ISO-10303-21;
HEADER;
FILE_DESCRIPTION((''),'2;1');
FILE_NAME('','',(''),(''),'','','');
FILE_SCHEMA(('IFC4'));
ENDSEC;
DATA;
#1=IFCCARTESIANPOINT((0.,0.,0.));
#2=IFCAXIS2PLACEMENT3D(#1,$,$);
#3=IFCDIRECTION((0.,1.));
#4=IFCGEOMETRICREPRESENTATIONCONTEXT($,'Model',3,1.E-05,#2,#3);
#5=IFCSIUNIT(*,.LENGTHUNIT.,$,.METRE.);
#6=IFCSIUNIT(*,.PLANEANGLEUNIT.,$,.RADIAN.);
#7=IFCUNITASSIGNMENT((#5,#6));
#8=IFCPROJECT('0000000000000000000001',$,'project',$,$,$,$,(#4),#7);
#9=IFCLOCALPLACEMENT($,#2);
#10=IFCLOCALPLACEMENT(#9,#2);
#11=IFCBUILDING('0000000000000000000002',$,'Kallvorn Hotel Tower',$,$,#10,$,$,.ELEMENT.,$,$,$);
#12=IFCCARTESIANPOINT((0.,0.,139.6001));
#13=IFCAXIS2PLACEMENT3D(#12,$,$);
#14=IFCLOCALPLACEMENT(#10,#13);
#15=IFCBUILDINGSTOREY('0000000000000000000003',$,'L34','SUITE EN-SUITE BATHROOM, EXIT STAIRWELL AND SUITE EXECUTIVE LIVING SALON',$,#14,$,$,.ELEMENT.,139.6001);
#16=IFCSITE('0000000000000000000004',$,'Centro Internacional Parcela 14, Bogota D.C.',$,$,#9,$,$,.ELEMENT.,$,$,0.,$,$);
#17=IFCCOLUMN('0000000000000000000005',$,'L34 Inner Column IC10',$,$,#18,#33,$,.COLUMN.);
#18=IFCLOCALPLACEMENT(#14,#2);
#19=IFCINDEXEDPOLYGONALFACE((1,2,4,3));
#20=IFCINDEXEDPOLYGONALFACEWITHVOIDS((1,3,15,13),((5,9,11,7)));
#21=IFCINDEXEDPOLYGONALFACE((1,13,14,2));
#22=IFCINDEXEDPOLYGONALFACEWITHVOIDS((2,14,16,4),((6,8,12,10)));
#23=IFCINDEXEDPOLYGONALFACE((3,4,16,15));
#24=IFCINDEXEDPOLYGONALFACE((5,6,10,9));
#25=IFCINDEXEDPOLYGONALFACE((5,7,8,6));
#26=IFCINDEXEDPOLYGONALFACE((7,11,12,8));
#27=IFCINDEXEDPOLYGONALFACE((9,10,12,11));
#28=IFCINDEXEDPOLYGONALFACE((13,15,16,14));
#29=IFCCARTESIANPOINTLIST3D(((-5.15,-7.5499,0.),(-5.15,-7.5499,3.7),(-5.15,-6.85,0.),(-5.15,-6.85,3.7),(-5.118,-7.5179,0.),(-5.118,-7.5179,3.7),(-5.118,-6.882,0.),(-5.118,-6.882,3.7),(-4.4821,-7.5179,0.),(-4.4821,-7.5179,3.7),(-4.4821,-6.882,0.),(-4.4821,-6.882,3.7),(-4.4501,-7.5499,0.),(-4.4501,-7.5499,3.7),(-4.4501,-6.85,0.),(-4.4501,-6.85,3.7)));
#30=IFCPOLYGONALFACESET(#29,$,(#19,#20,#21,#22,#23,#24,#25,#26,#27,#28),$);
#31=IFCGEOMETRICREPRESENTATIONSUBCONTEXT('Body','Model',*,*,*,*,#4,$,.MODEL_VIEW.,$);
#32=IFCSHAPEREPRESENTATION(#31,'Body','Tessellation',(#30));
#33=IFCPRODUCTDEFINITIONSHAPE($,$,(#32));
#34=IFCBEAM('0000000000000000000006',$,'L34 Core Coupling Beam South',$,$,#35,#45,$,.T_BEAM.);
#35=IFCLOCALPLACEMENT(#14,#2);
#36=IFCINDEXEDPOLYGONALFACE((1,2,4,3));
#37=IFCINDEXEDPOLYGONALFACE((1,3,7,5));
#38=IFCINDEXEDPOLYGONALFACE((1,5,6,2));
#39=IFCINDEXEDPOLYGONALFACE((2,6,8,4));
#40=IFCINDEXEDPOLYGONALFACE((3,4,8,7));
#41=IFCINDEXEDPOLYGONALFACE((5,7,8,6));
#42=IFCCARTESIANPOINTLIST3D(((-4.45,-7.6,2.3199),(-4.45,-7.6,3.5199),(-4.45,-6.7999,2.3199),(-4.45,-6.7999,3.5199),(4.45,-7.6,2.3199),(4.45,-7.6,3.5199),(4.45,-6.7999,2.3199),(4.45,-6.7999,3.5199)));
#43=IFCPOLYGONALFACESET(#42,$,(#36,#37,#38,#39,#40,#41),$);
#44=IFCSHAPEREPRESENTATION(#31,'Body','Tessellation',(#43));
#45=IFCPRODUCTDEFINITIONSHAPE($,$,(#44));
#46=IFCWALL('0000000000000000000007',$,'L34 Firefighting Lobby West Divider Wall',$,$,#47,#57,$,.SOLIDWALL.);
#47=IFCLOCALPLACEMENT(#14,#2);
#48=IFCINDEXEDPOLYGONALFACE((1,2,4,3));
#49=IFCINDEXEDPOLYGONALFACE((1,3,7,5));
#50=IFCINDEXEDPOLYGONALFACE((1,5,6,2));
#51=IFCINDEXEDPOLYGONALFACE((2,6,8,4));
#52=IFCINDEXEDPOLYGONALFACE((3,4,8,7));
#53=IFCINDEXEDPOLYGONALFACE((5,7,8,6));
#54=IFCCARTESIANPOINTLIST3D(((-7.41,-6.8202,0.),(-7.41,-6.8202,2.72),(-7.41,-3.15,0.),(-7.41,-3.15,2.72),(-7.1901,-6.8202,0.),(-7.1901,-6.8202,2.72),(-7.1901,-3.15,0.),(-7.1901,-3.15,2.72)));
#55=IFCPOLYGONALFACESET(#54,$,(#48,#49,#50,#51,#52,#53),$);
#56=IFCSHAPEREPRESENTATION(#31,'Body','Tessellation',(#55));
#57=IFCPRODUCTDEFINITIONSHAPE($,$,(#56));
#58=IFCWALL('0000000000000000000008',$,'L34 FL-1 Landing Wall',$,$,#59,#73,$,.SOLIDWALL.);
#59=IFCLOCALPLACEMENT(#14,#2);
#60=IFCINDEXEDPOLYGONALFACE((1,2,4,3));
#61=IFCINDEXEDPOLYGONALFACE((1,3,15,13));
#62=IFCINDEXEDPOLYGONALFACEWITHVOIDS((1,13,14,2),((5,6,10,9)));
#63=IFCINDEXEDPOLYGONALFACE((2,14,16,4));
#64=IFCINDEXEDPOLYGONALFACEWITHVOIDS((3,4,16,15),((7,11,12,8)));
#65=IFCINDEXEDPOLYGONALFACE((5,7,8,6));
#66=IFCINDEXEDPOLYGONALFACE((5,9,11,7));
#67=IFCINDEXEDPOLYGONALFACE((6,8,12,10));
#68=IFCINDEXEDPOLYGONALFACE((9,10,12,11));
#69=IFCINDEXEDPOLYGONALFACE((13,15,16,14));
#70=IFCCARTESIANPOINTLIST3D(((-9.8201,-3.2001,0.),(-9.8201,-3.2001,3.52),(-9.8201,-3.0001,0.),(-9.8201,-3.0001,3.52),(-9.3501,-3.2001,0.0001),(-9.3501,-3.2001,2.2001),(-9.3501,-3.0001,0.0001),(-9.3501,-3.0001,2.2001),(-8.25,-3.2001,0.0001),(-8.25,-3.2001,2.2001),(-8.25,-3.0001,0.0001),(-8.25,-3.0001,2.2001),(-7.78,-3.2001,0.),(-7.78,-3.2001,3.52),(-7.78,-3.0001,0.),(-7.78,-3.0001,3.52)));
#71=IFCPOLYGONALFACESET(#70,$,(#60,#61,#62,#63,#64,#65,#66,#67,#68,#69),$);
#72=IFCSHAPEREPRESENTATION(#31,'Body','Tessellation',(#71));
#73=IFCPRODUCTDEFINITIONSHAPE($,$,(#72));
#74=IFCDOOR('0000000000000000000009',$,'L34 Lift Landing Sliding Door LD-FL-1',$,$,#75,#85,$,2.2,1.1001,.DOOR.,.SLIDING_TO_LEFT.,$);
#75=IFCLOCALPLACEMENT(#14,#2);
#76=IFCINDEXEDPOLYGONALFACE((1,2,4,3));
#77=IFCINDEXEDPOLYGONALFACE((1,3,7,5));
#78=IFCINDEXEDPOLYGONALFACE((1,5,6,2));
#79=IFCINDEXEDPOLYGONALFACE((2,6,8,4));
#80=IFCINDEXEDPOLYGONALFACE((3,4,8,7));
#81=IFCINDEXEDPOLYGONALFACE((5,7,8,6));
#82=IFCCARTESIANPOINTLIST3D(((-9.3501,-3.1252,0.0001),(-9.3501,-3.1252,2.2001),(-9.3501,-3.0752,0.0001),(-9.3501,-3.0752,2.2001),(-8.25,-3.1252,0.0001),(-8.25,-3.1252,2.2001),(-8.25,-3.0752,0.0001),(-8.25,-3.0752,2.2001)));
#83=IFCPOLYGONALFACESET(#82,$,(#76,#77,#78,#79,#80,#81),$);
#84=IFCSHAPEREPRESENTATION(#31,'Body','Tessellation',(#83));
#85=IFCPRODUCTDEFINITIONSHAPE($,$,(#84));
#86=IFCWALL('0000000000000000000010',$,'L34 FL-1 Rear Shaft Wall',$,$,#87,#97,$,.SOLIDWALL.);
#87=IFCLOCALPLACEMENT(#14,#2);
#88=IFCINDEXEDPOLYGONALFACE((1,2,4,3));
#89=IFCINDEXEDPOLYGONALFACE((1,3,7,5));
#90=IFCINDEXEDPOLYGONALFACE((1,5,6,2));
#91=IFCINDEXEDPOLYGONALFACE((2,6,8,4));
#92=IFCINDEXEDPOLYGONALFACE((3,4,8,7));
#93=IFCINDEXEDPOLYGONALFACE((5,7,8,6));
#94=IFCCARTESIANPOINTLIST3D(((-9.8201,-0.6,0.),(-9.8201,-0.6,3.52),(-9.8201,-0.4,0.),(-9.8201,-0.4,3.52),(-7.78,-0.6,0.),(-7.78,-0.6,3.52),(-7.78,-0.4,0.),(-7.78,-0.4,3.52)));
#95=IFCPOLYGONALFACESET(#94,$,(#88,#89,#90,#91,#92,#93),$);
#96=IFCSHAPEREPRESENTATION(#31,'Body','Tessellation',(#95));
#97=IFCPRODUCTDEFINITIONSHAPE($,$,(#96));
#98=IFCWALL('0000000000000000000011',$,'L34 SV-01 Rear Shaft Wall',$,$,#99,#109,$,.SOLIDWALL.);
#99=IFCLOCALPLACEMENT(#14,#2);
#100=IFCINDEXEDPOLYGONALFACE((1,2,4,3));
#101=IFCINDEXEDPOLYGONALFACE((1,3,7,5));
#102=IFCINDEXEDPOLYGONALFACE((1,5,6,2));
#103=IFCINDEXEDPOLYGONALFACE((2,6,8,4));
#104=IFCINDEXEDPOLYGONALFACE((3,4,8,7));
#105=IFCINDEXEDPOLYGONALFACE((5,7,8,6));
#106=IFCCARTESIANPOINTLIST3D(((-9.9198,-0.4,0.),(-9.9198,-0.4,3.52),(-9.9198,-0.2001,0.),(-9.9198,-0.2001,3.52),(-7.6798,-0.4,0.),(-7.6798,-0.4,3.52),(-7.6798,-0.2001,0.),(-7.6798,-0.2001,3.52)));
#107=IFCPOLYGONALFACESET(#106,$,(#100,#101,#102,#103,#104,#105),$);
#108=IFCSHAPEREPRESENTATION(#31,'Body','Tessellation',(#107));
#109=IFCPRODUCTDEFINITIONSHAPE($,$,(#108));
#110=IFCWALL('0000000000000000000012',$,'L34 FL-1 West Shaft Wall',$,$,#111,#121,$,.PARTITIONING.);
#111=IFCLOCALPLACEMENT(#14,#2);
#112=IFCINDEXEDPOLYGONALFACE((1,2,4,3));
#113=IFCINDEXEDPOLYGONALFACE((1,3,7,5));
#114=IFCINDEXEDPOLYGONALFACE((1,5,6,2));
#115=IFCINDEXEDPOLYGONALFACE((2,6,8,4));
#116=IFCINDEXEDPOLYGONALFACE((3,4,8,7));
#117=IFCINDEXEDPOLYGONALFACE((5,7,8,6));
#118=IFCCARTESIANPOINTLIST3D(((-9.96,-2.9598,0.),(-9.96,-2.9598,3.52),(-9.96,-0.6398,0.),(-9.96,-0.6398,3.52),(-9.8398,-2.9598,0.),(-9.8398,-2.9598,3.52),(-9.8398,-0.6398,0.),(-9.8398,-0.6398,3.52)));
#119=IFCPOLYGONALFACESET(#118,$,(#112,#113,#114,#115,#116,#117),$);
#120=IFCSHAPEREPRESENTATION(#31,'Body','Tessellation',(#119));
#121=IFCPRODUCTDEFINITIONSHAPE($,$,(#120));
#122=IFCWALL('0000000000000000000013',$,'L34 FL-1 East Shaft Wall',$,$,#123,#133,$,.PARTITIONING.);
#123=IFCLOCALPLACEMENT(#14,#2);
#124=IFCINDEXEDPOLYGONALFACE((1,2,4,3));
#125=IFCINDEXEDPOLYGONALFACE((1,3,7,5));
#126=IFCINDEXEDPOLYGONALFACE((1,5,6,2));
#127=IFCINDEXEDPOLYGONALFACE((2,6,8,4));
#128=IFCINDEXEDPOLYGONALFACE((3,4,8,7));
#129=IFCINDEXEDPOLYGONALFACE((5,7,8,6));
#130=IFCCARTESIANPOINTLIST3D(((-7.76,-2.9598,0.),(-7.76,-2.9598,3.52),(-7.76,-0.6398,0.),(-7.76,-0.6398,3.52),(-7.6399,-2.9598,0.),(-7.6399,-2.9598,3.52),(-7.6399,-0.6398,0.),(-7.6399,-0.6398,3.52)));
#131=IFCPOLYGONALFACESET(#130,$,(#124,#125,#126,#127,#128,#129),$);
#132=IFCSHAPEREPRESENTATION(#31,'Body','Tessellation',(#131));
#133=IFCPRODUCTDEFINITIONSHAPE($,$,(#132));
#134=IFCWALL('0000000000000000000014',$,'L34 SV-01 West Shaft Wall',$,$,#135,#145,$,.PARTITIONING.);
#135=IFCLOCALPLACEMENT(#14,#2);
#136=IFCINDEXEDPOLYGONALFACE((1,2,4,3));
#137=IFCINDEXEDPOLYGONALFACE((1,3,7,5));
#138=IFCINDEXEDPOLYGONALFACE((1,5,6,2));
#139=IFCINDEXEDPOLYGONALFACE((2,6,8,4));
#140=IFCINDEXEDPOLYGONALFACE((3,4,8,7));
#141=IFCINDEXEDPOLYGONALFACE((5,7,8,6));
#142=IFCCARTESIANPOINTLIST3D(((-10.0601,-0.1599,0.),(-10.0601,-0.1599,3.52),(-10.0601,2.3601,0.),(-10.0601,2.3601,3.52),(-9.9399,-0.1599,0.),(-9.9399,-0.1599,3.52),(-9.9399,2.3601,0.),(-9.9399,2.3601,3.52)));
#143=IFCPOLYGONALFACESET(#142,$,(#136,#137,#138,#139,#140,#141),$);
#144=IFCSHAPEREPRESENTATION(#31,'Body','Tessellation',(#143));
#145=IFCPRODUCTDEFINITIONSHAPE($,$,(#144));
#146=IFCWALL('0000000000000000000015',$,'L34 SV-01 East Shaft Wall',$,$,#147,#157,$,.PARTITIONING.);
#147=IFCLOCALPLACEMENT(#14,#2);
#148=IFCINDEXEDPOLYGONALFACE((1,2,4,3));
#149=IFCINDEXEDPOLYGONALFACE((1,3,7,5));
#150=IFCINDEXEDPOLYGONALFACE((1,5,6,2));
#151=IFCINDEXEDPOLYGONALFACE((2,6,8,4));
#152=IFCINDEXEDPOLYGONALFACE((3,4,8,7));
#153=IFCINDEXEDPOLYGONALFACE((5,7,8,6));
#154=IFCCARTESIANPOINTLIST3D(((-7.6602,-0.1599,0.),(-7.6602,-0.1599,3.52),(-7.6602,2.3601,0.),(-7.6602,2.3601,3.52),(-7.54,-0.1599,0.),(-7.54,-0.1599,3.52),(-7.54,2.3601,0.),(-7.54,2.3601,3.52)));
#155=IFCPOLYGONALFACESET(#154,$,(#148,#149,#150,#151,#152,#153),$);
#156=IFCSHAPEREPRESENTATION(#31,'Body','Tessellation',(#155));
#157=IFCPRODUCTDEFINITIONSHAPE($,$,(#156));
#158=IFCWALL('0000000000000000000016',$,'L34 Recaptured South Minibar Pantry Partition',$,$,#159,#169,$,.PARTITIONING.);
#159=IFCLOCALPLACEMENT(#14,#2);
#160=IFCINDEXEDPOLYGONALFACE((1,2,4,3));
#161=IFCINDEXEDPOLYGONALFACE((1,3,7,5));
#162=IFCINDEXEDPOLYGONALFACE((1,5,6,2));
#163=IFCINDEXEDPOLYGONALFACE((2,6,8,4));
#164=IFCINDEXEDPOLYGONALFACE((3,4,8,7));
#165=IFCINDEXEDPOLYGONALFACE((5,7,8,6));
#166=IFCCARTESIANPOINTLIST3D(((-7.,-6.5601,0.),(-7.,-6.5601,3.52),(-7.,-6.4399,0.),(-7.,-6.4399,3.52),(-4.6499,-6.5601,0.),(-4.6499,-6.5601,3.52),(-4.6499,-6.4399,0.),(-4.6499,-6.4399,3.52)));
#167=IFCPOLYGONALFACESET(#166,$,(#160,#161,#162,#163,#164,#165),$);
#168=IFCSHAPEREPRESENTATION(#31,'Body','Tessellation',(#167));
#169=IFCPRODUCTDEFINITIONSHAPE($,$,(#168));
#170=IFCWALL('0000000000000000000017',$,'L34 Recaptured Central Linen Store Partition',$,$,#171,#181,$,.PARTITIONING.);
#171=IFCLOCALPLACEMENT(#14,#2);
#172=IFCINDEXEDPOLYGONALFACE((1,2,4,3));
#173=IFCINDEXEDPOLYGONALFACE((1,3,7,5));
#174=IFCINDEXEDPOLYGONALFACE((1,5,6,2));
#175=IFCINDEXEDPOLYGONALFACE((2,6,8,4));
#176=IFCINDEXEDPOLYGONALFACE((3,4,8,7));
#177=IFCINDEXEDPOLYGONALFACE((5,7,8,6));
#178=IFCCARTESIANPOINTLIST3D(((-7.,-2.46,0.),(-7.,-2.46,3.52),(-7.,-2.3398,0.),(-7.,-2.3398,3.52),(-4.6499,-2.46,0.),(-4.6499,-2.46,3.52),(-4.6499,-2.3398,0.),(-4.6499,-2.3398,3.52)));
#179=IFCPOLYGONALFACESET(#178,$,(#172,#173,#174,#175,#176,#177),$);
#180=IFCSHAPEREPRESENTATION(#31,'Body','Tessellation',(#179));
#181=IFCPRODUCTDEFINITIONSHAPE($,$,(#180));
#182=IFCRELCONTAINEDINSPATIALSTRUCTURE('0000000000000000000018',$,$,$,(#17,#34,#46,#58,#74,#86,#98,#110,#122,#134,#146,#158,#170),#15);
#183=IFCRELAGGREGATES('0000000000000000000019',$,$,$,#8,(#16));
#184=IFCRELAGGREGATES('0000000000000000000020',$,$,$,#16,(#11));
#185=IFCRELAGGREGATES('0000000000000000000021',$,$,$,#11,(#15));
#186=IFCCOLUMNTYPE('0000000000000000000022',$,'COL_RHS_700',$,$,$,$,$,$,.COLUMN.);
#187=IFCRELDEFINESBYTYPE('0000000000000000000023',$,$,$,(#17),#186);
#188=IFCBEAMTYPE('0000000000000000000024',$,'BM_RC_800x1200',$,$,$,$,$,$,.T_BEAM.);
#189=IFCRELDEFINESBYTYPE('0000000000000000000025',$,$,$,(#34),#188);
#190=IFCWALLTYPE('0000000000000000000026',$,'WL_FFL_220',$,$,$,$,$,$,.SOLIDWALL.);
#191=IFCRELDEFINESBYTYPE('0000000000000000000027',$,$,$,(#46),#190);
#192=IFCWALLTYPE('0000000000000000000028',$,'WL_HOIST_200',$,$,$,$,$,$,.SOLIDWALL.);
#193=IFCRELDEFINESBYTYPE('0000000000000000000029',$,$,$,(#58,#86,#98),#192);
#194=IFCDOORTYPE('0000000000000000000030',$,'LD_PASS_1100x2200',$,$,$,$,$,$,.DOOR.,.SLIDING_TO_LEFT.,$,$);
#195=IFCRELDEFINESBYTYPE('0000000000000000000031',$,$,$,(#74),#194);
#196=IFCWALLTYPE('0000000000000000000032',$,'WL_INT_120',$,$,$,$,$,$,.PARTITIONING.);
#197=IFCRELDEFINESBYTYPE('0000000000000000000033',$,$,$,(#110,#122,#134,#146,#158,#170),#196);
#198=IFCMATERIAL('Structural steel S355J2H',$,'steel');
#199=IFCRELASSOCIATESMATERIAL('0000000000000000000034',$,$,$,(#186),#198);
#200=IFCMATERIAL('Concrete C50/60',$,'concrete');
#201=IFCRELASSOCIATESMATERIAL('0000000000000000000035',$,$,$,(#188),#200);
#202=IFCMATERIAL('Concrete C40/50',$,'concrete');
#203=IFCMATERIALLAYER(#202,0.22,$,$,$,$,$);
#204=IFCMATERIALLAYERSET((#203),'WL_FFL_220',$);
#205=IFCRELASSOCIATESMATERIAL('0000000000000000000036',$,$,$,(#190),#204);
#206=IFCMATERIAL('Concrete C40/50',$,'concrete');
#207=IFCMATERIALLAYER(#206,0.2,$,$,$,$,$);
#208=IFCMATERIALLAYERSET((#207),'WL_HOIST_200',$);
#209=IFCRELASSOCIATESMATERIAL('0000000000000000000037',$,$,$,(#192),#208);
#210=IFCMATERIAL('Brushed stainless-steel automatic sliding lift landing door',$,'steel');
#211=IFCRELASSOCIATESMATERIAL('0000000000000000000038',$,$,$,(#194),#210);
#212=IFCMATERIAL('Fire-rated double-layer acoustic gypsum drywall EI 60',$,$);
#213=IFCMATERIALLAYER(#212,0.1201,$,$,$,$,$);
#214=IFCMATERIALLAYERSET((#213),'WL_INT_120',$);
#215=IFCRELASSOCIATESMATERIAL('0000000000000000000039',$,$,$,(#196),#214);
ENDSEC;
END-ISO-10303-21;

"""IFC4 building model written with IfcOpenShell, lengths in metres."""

from ifc_helpers import new_model, si_unit, direction, frame, frame_2d, origin, origin_2d, place, context, subcontext, project, spatial, rectangle, hollow_rectangle, extrude, material, layer, layer_set, material_profile, profile_set, type_object, element, fill, save


model = new_model("IFC4")

# Units and contexts
model_context = context("Model", 3, precision=1e-05, world=origin(), true_north=direction((0.0, 1.0)))
body_context = subcontext(model_context, "Body", "Model", "MODEL_VIEW")
ifc_project = project(units=[si_unit("LENGTHUNIT", "METRE"), si_unit("PLANEANGLEUNIT", "RADIAN")], contexts=[model_context])

# Site, building, storey
site_placement = place(None, origin())
site = spatial("IfcSite", under=ifc_project, at=site_placement, Name="Centro Internacional Parcela 14, Bogota D.C.", CompositionType="ELEMENT", RefElevation=0.0)
building_placement = place(site_placement, origin())
building = spatial("IfcBuilding", under=site, at=building_placement, Name="Kallvorn Hotel Tower", CompositionType="ELEMENT")
storey_placement = place(building_placement, frame((0.0, 0.0, 139.6001)))
storey = spatial("IfcBuildingStorey", under=building, at=storey_placement, Name="L34", Description="SUITE EN-SUITE BATHROOM, EXIT STAIRWELL AND SUITE EXECUTIVE LIVING SALON", CompositionType="ELEMENT", Elevation=139.6001)

# Column
ifc_material_1 = material(Name="Structural steel S355J2H", Category="steel")
ifc_material_profile_1 = material_profile(ifc_material_1, hollow_rectangle(XDim=0.7, YDim=0.7, WallThickness=0.032, at=origin_2d()), Name="RHS 700x700x32")
ifc_profile_set_1 = profile_set([ifc_material_profile_1], Name="Structural steel S355J2H")
column_type = type_object("IfcColumnType", Name="COL_RHS_700", PredefinedType="COLUMN", material=ifc_profile_set_1)
column_placement = place(storey_placement, frame((-4.8, -7.2, 0.0), z_axis=(0.0, 0.0, 1.0), x_axis=(1.0, 0.0, 0.0)))
element("IfcColumn", 1, at=column_placement, inside=storey, type_object=column_type, Name="L34 Inner Column IC10", PredefinedType="COLUMN", context=body_context, shape_type="SweptSolid", body=[
    extrude(hollow_rectangle(XDim=0.7, YDim=0.7, WallThickness=0.032, at=origin_2d()), origin(), (0.0, 0.0, 1.0), 3.7),
])

# Beam
ifc_material_2 = material(Name="Concrete C50/60", Category="concrete")
ifc_material_profile_2 = material_profile(ifc_material_2, rectangle(XDim=0.8, YDim=1.2, at=origin_2d()), Name="RC 800x1200")
ifc_profile_set_2 = profile_set([ifc_material_profile_2], Name="Concrete C50/60")
beam_type = type_object("IfcBeamType", Name="BM_RC_800x1200", PredefinedType="T_BEAM", material=ifc_profile_set_2)
beam_placement = place(storey_placement, frame((-4.45, -7.2, 2.9199), z_axis=(1.0, 0.0, 0.0), x_axis=(0.0, 1.0, 0.0)))
element("IfcBeam", 2, at=beam_placement, inside=storey, type_object=beam_type, Name="L34 Core Coupling Beam South", PredefinedType="T_BEAM", context=body_context, shape_type="SweptSolid", body=[
    extrude(rectangle(XDim=0.8, YDim=1.2, at=origin_2d()), origin(), (0.0, 0.0, 1.0), 8.8999),
])

# Wall
ifc_material_3 = material(Name="Concrete C40/50", Category="concrete")
ifc_layer_1 = layer(ifc_material_3, 0.22)
ifc_layer_set_1 = layer_set([ifc_layer_1], Name="WL_FFL_220")
wall_type_1 = type_object("IfcWallType", Name="WL_FFL_220", PredefinedType="SOLIDWALL", material=ifc_layer_set_1)
wall_1_placement = place(storey_placement, frame((-7.3, -6.8201, 0.0), z_axis=(0.0, 0.0, 1.0), x_axis=(0.0, 1.0, 0.0)))
element("IfcWall", 3, at=wall_1_placement, inside=storey, type_object=wall_type_1, Name="L34 Firefighting Lobby West Divider Wall", PredefinedType="SOLIDWALL", context=body_context, shape_type="SweptSolid", body=[
    extrude(rectangle(XDim=3.6702, YDim=0.22, at=frame_2d((1.835, 0.0))), origin(), (0.0, 0.0, 1.0), 2.72),
])

# Wall, opening, door
ifc_material_4 = material(Name="Concrete C40/50", Category="concrete")
ifc_layer_2 = layer(ifc_material_4, 0.2)
ifc_layer_set_2 = layer_set([ifc_layer_2], Name="WL_HOIST_200")
wall_type_2 = type_object("IfcWallType", Name="WL_HOIST_200", PredefinedType="SOLIDWALL", material=ifc_layer_set_2)
wall_2_placement = place(storey_placement, frame((-9.8201, -3.1001, 0.0), z_axis=(0.0, 0.0, 1.0), x_axis=(1.0, 0.0, 0.0)))
wall_2 = element("IfcWall", 4, at=wall_2_placement, inside=storey, type_object=wall_type_2, Name="L34 FL-1 Landing Wall", PredefinedType="SOLIDWALL", context=body_context, shape_type="SweptSolid", body=[
    extrude(rectangle(XDim=2.04, YDim=0.2, at=frame_2d((1.02, 0.0))), origin(), (0.0, 0.0, 1.0), 3.52),
])
opening_1_placement = place(wall_2_placement, frame((0.47, 0.0, 0.0)))
opening_1 = element("IfcOpeningElement", 5, at=opening_1_placement, cuts=wall_2, PredefinedType="OPENING", context=body_context, shape_type="SweptSolid", body=[
    extrude(rectangle(XDim=1.1001, YDim=2.2, at=frame_2d((0.55, 1.1001))), frame((0.0, 0.115, 0.0), z_axis=(0.0, -1.0, 0.0), x_axis=(1.0, 0.0, 0.0)), (0.0, 0.0, 1.0), 0.23),
])
ifc_material_5 = material(Name="Brushed stainless-steel automatic sliding lift landing door", Category="steel")
door_type_1 = type_object("IfcDoorType", Name="LD_PASS_1100x2200", OperationType="SLIDING_TO_LEFT", PredefinedType="DOOR", material=ifc_material_5)
door_1_placement = place(opening_1_placement, origin())
door_1 = element("IfcDoor", 6, at=door_1_placement, inside=storey, type_object=door_type_1, Name="L34 Lift Landing Sliding Door LD-FL-1", OperationType="SLIDING_TO_LEFT", OverallHeight=2.2, OverallWidth=1.1001, PredefinedType="DOOR", context=body_context, shape_type="SweptSolid", body=[
    extrude(rectangle(XDim=1.1001, YDim=2.2, at=frame_2d((0.55, 1.1001))), frame((0.0, 0.0249, 0.0), z_axis=(0.0, -1.0, 0.0), x_axis=(1.0, 0.0, 0.0)), (0.0, 0.0, 1.0), 0.05),
])
fill(opening_1, door_1)

# Walls
wall_3_placement = place(storey_placement, frame((-9.8201, -0.5, 0.0), z_axis=(0.0, 0.0, 1.0), x_axis=(1.0, 0.0, 0.0)))
element("IfcWall", 7, at=wall_3_placement, inside=storey, type_object=wall_type_2, Name="L34 FL-1 Rear Shaft Wall", PredefinedType="SOLIDWALL", context=body_context, shape_type="SweptSolid", body=[
    extrude(rectangle(XDim=2.04, YDim=0.2, at=frame_2d((1.02, 0.0))), origin(), (0.0, 0.0, 1.0), 3.52),
])
wall_4_placement = place(storey_placement, frame((-9.9199, -0.3, 0.0), z_axis=(0.0, 0.0, 1.0), x_axis=(1.0, 0.0, 0.0)))
element("IfcWall", 8, at=wall_4_placement, inside=storey, type_object=wall_type_2, Name="L34 SV-01 Rear Shaft Wall", PredefinedType="SOLIDWALL", context=body_context, shape_type="SweptSolid", body=[
    extrude(rectangle(XDim=2.24, YDim=0.2, at=frame_2d((1.1201, 0.0))), origin(), (0.0, 0.0, 1.0), 3.52),
])
ifc_material_6 = material(Name="Fire-rated double-layer acoustic gypsum drywall EI 60")
ifc_layer_3 = layer(ifc_material_6, 0.1201)
ifc_layer_set_3 = layer_set([ifc_layer_3], Name="WL_INT_120")
wall_type_3 = type_object("IfcWallType", Name="WL_INT_120", PredefinedType="PARTITIONING", material=ifc_layer_set_3)
for number, where, z_axis, x_axis, name in (
    (9, (-9.8999, -2.96, 0.0), (0.0, 0.0, 1.0), (0.0, 1.0, 0.0), "L34 FL-1 West Shaft Wall"),
    (10, (-7.7, -2.96, 0.0), (0.0, 0.0, 1.0), (0.0, 1.0, 0.0), "L34 FL-1 East Shaft Wall"),
):
    element("IfcWall", number, at=place(storey_placement, frame(where, z_axis=z_axis, x_axis=x_axis)), inside=storey, type_object=wall_type_3, Name=name, PredefinedType="PARTITIONING", context=body_context, shape_type="SweptSolid", body=[
        extrude(rectangle(XDim=2.3201, YDim=0.1201, at=frame_2d((1.1602, 0.0))), origin(), (0.0, 0.0, 1.0), 3.52),
    ])
for number, where, z_axis, x_axis, name in (
    (11, (-10.0, -0.1599, 0.0), (0.0, 0.0, 1.0), (0.0, 1.0, 0.0), "L34 SV-01 West Shaft Wall"),
    (12, (-7.6001, -0.1599, 0.0), (0.0, 0.0, 1.0), (0.0, 1.0, 0.0), "L34 SV-01 East Shaft Wall"),
):
    element("IfcWall", number, at=place(storey_placement, frame(where, z_axis=z_axis, x_axis=x_axis)), inside=storey, type_object=wall_type_3, Name=name, PredefinedType="PARTITIONING", context=body_context, shape_type="SweptSolid", body=[
        extrude(rectangle(XDim=2.52, YDim=0.1201, at=frame_2d((1.26, 0.0))), origin(), (0.0, 0.0, 1.0), 3.52),
    ])
for number, where, z_axis, x_axis, name in (
    (13, (-7.0, -6.5, 0.0), (0.0, 0.0, 1.0), (1.0, 0.0, 0.0), "L34 Recaptured South Minibar Pantry Partition"),
    (14, (-7.0, -2.3999, 0.0), (0.0, 0.0, 1.0), (1.0, 0.0, 0.0), "L34 Recaptured Central Linen Store Partition"),
):
    element("IfcWall", number, at=place(storey_placement, frame(where, z_axis=z_axis, x_axis=x_axis)), inside=storey, type_object=wall_type_3, Name=name, PredefinedType="PARTITIONING", context=body_context, shape_type="SweptSolid", body=[
        extrude(rectangle(XDim=2.3501, YDim=0.1201, at=frame_2d((1.175, 0.0))), origin(), (0.0, 0.0, 1.0), 3.52),
    ])

save(model, "model.ifc")
